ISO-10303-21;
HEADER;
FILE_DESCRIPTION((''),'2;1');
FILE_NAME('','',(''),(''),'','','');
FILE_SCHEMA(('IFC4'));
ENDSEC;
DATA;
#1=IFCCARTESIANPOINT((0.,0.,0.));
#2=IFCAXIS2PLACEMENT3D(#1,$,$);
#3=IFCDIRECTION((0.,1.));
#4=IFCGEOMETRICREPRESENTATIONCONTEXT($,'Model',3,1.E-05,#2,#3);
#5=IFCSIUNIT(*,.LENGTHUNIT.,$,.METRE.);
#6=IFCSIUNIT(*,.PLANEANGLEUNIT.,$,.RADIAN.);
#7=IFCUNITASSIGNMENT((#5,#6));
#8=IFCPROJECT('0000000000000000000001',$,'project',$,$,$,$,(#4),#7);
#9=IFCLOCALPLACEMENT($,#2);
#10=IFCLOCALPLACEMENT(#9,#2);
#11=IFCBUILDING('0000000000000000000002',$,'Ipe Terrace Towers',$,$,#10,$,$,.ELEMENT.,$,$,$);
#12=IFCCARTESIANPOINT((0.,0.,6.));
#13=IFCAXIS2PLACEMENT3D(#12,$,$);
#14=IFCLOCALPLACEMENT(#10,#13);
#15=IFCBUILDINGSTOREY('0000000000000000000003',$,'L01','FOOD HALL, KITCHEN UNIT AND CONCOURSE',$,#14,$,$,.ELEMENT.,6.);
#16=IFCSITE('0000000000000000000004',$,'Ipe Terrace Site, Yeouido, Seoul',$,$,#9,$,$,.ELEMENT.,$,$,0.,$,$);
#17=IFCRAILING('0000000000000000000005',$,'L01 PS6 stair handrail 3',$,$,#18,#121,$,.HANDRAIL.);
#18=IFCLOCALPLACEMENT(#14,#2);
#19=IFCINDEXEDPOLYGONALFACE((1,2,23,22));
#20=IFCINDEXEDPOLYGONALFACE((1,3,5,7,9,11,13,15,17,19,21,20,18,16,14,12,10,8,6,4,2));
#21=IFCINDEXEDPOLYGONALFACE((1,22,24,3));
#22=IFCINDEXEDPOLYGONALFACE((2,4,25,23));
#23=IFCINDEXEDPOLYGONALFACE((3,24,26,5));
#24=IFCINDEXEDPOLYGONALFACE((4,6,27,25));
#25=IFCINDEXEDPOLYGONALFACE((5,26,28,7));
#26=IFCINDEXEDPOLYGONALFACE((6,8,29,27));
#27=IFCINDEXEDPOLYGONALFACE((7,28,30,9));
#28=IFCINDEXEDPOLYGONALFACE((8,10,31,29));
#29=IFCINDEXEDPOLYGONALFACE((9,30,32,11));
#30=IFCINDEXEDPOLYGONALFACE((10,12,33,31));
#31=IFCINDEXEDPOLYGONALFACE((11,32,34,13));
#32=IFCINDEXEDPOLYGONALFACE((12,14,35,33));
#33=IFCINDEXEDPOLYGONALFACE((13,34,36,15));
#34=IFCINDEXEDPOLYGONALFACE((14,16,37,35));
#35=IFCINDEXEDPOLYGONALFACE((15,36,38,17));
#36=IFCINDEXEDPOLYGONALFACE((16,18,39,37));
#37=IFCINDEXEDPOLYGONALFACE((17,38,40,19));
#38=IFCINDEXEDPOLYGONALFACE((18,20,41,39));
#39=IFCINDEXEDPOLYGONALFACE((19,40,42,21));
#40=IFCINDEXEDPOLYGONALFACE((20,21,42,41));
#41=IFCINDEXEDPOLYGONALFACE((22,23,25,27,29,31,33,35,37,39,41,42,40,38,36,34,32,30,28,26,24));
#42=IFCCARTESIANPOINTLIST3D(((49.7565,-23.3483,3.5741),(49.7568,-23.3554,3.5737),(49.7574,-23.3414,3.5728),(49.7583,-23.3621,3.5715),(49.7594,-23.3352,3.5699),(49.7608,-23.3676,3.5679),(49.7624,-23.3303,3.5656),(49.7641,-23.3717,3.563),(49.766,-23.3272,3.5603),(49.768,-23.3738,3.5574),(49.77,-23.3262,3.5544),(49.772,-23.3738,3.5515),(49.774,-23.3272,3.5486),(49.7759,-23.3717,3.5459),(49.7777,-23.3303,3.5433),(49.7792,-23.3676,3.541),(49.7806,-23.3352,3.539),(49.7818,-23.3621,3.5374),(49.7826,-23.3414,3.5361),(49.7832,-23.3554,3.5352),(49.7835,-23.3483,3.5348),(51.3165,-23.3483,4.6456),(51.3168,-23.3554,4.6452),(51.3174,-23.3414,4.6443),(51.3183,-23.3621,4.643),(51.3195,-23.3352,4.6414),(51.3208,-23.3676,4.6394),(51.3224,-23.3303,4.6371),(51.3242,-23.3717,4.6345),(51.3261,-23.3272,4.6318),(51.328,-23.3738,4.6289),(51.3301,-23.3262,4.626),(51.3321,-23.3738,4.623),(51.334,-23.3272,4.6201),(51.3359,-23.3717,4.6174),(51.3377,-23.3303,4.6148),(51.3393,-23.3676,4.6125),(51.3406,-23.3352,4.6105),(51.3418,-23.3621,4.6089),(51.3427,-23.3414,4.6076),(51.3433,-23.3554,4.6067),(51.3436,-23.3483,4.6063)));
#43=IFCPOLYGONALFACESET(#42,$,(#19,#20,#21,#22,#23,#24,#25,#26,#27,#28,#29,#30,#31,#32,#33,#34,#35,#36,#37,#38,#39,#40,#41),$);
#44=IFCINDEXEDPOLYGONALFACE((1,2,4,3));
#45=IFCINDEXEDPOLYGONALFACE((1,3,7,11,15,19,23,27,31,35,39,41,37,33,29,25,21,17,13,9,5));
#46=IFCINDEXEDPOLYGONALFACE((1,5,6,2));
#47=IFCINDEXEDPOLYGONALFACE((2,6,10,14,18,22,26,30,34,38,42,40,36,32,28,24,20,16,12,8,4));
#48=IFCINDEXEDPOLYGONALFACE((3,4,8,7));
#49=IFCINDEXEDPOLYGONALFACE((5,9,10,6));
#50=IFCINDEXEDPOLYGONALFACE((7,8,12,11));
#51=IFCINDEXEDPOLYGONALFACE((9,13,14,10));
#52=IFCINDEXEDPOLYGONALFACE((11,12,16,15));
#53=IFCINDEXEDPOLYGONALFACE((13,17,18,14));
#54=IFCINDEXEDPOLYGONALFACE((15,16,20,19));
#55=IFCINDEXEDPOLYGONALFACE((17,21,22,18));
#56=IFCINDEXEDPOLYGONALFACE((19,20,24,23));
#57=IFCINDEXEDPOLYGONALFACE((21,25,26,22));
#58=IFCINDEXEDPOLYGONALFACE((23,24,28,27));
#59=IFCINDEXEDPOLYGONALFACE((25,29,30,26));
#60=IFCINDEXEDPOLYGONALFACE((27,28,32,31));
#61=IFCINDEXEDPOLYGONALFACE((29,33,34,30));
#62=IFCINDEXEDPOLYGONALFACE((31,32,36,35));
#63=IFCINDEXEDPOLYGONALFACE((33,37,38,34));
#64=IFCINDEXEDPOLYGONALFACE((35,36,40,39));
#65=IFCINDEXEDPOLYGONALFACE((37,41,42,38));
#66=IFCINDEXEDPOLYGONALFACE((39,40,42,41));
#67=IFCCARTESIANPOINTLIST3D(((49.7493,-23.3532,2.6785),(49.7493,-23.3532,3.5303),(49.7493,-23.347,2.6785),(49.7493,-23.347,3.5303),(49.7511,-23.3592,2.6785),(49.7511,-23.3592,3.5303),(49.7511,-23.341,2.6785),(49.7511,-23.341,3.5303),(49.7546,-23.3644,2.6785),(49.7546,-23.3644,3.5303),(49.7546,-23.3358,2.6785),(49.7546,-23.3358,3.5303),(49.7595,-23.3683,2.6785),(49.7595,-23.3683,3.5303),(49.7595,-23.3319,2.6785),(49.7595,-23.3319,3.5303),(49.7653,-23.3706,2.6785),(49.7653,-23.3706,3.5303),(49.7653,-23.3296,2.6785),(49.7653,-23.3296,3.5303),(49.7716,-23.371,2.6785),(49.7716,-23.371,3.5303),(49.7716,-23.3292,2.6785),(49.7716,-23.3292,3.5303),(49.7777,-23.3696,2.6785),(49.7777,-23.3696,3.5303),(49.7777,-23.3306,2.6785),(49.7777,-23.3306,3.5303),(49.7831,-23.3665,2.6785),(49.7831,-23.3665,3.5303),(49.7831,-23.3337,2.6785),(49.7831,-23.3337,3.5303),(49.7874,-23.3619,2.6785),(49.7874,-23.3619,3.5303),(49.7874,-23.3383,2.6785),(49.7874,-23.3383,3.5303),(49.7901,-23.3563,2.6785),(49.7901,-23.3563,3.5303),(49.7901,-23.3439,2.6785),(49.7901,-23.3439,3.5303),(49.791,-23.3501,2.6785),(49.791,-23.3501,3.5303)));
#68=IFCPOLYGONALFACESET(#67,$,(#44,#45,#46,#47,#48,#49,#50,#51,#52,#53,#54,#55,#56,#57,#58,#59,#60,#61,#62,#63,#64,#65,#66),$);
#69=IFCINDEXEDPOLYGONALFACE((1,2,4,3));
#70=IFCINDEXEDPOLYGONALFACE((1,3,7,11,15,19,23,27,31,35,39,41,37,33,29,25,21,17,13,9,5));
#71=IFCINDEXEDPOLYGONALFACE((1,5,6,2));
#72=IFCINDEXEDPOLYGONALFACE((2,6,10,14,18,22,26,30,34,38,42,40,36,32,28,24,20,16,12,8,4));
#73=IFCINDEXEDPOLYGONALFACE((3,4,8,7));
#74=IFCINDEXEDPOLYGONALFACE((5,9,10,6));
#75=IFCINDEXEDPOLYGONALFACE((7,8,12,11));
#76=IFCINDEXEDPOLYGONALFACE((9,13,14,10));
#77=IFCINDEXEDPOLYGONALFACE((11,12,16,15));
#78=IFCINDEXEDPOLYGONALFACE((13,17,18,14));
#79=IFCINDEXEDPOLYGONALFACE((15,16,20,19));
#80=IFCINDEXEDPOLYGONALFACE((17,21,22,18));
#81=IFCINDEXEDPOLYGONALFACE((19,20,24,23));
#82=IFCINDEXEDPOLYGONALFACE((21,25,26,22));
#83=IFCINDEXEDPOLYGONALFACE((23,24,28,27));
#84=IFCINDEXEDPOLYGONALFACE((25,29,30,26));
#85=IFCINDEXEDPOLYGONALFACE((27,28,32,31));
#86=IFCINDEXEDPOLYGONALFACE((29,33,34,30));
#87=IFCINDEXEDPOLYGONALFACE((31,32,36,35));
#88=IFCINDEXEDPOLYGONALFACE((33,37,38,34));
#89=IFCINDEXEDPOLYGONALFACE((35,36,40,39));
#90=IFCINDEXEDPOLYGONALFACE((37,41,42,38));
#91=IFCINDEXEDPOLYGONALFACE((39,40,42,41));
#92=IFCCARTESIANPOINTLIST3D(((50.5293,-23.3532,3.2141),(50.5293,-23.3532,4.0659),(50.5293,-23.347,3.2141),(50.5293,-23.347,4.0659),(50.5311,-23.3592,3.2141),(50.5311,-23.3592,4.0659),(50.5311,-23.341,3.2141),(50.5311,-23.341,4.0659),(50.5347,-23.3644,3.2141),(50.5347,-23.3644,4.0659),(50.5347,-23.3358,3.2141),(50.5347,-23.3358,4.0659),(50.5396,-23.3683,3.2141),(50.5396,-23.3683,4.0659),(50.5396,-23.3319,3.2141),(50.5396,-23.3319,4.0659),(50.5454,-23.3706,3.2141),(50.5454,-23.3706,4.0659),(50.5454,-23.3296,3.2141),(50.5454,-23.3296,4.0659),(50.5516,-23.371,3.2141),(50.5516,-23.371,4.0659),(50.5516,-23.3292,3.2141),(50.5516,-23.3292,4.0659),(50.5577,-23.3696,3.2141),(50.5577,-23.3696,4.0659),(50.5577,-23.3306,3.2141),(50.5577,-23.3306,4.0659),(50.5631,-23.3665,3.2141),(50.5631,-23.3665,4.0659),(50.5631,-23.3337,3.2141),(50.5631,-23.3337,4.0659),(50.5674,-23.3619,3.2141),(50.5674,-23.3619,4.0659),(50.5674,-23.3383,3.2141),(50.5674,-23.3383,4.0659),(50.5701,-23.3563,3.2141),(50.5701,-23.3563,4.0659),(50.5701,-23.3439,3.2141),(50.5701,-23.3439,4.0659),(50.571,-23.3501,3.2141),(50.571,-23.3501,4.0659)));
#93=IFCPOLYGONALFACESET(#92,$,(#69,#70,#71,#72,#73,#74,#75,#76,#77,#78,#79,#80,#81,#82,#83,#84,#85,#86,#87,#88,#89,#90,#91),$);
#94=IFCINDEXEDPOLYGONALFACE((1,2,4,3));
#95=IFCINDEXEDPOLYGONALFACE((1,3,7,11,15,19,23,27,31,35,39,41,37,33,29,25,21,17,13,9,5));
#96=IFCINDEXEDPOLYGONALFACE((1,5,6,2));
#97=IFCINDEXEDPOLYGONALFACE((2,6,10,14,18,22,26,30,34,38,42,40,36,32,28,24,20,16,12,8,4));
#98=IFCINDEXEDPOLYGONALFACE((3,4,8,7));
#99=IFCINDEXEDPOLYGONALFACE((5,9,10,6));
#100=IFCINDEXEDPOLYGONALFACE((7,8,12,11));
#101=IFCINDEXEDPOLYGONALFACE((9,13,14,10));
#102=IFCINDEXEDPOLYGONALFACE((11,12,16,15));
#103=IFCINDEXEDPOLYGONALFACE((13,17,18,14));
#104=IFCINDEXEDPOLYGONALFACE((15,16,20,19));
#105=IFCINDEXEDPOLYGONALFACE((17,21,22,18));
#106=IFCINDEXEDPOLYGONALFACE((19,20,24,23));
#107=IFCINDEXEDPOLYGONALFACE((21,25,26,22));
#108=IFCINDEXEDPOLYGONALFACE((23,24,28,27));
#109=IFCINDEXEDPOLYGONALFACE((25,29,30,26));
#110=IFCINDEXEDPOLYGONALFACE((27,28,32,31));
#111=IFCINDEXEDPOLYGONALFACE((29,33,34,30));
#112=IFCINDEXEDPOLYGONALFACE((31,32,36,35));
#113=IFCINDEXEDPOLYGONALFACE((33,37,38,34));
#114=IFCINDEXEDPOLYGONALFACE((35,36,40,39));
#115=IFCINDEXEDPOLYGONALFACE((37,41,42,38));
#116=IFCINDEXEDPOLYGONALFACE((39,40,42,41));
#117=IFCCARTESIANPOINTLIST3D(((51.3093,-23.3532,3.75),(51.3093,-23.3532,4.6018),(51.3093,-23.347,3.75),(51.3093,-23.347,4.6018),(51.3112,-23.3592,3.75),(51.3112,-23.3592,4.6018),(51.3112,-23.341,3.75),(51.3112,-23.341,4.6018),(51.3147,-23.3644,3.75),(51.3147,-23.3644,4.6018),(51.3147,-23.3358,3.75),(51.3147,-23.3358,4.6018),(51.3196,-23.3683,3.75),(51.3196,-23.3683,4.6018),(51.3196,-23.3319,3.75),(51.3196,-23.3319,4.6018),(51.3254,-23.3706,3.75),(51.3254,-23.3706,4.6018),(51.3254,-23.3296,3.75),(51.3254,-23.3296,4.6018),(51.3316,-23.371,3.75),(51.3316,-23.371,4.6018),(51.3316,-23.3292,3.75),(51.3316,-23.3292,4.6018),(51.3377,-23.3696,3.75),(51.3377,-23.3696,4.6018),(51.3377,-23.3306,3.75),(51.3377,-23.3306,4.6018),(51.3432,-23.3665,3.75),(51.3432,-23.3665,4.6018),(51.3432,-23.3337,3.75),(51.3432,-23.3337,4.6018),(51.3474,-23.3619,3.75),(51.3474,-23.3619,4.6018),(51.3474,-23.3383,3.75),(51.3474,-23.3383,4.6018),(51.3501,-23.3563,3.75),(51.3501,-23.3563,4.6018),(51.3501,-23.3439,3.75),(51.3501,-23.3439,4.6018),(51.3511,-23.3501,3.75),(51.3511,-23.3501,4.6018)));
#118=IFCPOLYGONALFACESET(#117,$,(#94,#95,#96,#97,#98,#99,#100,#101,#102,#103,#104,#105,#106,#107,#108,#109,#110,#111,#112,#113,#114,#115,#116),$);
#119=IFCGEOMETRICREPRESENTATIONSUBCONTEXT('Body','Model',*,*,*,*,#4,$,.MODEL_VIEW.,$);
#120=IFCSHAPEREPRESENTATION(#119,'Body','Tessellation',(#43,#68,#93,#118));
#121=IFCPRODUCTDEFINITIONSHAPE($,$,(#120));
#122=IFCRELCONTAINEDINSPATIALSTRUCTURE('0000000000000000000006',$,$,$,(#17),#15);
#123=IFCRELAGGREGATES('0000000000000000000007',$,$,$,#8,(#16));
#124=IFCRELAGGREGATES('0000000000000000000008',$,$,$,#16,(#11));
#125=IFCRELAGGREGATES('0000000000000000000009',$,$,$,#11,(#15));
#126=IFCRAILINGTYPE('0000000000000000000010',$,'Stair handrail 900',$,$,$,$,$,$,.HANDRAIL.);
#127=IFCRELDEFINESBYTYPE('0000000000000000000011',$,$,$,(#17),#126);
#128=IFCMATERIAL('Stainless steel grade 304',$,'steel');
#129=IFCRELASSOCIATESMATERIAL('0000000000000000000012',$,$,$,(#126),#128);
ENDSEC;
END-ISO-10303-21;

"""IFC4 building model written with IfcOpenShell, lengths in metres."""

from ifc_helpers import new_model, si_unit, direction, frame, origin, origin_2d, place, context, subcontext, project, spatial, circle, extrude, material, type_object, element, save


model = new_model("IFC4")

# Units and contexts
model_context = context("Model", 3, precision=1e-05, world=origin(), true_north=direction((0.0, 1.0)))
body_context = subcontext(model_context, "Body", "Model", "MODEL_VIEW")
ifc_project = project(units=[si_unit("LENGTHUNIT", "METRE"), si_unit("PLANEANGLEUNIT", "RADIAN")], contexts=[model_context])

# Site, building, storey
site_placement = place(None, origin())
site = spatial("IfcSite", under=ifc_project, at=site_placement, Name="Ipe Terrace Site, Yeouido, Seoul", CompositionType="ELEMENT", RefElevation=0.0)
building_placement = place(site_placement, origin())
building = spatial("IfcBuilding", under=site, at=building_placement, Name="Ipe Terrace Towers", CompositionType="ELEMENT")
storey_placement = place(building_placement, frame((0.0, 0.0, 6.0)))
storey = spatial("IfcBuildingStorey", under=building, at=storey_placement, Name="L01", Description="FOOD HALL, KITCHEN UNIT AND CONCOURSE", CompositionType="ELEMENT", Elevation=6.0)

# Railing
ifc_material_1 = material(Name="Stainless steel grade 304", Category="steel")
railing_type_1 = type_object("IfcRailingType", Name="Stair handrail 900", PredefinedType="HANDRAIL", material=ifc_material_1)
for number, where, name in (
    (1, (49.77, -23.3501, 2.6785), "L01 PS6 stair handrail 3"),
):
    element("IfcRailing", number, at=place(storey_placement, frame(where)), inside=storey, type_object=railing_type_1, Name=name, PredefinedType="HANDRAIL", context=body_context, shape_type="SweptSolid", body=[
        extrude(circle(Radius=0.0239, at=origin_2d()), frame((0.0, 0.0, 0.876), z_axis=(0.82429, 0.0, 0.566167), x_axis=(0.0, 1.0, 0.0)), (0.0, 0.0, 1.0), 1.8926),
        extrude(circle(Radius=0.021, at=origin_2d()), origin(), (0.0, 0.0, 1.0), 0.8518),
        extrude(circle(Radius=0.021, at=origin_2d()), frame((0.78, 0.0, 0.5356)), (0.0, 0.0, 1.0), 0.8518),
        extrude(circle(Radius=0.021, at=origin_2d()), frame((1.5601, 0.0, 1.0715)), (0.0, 0.0, 1.0), 0.8518),
    ])

save(model, "model.ifc")
